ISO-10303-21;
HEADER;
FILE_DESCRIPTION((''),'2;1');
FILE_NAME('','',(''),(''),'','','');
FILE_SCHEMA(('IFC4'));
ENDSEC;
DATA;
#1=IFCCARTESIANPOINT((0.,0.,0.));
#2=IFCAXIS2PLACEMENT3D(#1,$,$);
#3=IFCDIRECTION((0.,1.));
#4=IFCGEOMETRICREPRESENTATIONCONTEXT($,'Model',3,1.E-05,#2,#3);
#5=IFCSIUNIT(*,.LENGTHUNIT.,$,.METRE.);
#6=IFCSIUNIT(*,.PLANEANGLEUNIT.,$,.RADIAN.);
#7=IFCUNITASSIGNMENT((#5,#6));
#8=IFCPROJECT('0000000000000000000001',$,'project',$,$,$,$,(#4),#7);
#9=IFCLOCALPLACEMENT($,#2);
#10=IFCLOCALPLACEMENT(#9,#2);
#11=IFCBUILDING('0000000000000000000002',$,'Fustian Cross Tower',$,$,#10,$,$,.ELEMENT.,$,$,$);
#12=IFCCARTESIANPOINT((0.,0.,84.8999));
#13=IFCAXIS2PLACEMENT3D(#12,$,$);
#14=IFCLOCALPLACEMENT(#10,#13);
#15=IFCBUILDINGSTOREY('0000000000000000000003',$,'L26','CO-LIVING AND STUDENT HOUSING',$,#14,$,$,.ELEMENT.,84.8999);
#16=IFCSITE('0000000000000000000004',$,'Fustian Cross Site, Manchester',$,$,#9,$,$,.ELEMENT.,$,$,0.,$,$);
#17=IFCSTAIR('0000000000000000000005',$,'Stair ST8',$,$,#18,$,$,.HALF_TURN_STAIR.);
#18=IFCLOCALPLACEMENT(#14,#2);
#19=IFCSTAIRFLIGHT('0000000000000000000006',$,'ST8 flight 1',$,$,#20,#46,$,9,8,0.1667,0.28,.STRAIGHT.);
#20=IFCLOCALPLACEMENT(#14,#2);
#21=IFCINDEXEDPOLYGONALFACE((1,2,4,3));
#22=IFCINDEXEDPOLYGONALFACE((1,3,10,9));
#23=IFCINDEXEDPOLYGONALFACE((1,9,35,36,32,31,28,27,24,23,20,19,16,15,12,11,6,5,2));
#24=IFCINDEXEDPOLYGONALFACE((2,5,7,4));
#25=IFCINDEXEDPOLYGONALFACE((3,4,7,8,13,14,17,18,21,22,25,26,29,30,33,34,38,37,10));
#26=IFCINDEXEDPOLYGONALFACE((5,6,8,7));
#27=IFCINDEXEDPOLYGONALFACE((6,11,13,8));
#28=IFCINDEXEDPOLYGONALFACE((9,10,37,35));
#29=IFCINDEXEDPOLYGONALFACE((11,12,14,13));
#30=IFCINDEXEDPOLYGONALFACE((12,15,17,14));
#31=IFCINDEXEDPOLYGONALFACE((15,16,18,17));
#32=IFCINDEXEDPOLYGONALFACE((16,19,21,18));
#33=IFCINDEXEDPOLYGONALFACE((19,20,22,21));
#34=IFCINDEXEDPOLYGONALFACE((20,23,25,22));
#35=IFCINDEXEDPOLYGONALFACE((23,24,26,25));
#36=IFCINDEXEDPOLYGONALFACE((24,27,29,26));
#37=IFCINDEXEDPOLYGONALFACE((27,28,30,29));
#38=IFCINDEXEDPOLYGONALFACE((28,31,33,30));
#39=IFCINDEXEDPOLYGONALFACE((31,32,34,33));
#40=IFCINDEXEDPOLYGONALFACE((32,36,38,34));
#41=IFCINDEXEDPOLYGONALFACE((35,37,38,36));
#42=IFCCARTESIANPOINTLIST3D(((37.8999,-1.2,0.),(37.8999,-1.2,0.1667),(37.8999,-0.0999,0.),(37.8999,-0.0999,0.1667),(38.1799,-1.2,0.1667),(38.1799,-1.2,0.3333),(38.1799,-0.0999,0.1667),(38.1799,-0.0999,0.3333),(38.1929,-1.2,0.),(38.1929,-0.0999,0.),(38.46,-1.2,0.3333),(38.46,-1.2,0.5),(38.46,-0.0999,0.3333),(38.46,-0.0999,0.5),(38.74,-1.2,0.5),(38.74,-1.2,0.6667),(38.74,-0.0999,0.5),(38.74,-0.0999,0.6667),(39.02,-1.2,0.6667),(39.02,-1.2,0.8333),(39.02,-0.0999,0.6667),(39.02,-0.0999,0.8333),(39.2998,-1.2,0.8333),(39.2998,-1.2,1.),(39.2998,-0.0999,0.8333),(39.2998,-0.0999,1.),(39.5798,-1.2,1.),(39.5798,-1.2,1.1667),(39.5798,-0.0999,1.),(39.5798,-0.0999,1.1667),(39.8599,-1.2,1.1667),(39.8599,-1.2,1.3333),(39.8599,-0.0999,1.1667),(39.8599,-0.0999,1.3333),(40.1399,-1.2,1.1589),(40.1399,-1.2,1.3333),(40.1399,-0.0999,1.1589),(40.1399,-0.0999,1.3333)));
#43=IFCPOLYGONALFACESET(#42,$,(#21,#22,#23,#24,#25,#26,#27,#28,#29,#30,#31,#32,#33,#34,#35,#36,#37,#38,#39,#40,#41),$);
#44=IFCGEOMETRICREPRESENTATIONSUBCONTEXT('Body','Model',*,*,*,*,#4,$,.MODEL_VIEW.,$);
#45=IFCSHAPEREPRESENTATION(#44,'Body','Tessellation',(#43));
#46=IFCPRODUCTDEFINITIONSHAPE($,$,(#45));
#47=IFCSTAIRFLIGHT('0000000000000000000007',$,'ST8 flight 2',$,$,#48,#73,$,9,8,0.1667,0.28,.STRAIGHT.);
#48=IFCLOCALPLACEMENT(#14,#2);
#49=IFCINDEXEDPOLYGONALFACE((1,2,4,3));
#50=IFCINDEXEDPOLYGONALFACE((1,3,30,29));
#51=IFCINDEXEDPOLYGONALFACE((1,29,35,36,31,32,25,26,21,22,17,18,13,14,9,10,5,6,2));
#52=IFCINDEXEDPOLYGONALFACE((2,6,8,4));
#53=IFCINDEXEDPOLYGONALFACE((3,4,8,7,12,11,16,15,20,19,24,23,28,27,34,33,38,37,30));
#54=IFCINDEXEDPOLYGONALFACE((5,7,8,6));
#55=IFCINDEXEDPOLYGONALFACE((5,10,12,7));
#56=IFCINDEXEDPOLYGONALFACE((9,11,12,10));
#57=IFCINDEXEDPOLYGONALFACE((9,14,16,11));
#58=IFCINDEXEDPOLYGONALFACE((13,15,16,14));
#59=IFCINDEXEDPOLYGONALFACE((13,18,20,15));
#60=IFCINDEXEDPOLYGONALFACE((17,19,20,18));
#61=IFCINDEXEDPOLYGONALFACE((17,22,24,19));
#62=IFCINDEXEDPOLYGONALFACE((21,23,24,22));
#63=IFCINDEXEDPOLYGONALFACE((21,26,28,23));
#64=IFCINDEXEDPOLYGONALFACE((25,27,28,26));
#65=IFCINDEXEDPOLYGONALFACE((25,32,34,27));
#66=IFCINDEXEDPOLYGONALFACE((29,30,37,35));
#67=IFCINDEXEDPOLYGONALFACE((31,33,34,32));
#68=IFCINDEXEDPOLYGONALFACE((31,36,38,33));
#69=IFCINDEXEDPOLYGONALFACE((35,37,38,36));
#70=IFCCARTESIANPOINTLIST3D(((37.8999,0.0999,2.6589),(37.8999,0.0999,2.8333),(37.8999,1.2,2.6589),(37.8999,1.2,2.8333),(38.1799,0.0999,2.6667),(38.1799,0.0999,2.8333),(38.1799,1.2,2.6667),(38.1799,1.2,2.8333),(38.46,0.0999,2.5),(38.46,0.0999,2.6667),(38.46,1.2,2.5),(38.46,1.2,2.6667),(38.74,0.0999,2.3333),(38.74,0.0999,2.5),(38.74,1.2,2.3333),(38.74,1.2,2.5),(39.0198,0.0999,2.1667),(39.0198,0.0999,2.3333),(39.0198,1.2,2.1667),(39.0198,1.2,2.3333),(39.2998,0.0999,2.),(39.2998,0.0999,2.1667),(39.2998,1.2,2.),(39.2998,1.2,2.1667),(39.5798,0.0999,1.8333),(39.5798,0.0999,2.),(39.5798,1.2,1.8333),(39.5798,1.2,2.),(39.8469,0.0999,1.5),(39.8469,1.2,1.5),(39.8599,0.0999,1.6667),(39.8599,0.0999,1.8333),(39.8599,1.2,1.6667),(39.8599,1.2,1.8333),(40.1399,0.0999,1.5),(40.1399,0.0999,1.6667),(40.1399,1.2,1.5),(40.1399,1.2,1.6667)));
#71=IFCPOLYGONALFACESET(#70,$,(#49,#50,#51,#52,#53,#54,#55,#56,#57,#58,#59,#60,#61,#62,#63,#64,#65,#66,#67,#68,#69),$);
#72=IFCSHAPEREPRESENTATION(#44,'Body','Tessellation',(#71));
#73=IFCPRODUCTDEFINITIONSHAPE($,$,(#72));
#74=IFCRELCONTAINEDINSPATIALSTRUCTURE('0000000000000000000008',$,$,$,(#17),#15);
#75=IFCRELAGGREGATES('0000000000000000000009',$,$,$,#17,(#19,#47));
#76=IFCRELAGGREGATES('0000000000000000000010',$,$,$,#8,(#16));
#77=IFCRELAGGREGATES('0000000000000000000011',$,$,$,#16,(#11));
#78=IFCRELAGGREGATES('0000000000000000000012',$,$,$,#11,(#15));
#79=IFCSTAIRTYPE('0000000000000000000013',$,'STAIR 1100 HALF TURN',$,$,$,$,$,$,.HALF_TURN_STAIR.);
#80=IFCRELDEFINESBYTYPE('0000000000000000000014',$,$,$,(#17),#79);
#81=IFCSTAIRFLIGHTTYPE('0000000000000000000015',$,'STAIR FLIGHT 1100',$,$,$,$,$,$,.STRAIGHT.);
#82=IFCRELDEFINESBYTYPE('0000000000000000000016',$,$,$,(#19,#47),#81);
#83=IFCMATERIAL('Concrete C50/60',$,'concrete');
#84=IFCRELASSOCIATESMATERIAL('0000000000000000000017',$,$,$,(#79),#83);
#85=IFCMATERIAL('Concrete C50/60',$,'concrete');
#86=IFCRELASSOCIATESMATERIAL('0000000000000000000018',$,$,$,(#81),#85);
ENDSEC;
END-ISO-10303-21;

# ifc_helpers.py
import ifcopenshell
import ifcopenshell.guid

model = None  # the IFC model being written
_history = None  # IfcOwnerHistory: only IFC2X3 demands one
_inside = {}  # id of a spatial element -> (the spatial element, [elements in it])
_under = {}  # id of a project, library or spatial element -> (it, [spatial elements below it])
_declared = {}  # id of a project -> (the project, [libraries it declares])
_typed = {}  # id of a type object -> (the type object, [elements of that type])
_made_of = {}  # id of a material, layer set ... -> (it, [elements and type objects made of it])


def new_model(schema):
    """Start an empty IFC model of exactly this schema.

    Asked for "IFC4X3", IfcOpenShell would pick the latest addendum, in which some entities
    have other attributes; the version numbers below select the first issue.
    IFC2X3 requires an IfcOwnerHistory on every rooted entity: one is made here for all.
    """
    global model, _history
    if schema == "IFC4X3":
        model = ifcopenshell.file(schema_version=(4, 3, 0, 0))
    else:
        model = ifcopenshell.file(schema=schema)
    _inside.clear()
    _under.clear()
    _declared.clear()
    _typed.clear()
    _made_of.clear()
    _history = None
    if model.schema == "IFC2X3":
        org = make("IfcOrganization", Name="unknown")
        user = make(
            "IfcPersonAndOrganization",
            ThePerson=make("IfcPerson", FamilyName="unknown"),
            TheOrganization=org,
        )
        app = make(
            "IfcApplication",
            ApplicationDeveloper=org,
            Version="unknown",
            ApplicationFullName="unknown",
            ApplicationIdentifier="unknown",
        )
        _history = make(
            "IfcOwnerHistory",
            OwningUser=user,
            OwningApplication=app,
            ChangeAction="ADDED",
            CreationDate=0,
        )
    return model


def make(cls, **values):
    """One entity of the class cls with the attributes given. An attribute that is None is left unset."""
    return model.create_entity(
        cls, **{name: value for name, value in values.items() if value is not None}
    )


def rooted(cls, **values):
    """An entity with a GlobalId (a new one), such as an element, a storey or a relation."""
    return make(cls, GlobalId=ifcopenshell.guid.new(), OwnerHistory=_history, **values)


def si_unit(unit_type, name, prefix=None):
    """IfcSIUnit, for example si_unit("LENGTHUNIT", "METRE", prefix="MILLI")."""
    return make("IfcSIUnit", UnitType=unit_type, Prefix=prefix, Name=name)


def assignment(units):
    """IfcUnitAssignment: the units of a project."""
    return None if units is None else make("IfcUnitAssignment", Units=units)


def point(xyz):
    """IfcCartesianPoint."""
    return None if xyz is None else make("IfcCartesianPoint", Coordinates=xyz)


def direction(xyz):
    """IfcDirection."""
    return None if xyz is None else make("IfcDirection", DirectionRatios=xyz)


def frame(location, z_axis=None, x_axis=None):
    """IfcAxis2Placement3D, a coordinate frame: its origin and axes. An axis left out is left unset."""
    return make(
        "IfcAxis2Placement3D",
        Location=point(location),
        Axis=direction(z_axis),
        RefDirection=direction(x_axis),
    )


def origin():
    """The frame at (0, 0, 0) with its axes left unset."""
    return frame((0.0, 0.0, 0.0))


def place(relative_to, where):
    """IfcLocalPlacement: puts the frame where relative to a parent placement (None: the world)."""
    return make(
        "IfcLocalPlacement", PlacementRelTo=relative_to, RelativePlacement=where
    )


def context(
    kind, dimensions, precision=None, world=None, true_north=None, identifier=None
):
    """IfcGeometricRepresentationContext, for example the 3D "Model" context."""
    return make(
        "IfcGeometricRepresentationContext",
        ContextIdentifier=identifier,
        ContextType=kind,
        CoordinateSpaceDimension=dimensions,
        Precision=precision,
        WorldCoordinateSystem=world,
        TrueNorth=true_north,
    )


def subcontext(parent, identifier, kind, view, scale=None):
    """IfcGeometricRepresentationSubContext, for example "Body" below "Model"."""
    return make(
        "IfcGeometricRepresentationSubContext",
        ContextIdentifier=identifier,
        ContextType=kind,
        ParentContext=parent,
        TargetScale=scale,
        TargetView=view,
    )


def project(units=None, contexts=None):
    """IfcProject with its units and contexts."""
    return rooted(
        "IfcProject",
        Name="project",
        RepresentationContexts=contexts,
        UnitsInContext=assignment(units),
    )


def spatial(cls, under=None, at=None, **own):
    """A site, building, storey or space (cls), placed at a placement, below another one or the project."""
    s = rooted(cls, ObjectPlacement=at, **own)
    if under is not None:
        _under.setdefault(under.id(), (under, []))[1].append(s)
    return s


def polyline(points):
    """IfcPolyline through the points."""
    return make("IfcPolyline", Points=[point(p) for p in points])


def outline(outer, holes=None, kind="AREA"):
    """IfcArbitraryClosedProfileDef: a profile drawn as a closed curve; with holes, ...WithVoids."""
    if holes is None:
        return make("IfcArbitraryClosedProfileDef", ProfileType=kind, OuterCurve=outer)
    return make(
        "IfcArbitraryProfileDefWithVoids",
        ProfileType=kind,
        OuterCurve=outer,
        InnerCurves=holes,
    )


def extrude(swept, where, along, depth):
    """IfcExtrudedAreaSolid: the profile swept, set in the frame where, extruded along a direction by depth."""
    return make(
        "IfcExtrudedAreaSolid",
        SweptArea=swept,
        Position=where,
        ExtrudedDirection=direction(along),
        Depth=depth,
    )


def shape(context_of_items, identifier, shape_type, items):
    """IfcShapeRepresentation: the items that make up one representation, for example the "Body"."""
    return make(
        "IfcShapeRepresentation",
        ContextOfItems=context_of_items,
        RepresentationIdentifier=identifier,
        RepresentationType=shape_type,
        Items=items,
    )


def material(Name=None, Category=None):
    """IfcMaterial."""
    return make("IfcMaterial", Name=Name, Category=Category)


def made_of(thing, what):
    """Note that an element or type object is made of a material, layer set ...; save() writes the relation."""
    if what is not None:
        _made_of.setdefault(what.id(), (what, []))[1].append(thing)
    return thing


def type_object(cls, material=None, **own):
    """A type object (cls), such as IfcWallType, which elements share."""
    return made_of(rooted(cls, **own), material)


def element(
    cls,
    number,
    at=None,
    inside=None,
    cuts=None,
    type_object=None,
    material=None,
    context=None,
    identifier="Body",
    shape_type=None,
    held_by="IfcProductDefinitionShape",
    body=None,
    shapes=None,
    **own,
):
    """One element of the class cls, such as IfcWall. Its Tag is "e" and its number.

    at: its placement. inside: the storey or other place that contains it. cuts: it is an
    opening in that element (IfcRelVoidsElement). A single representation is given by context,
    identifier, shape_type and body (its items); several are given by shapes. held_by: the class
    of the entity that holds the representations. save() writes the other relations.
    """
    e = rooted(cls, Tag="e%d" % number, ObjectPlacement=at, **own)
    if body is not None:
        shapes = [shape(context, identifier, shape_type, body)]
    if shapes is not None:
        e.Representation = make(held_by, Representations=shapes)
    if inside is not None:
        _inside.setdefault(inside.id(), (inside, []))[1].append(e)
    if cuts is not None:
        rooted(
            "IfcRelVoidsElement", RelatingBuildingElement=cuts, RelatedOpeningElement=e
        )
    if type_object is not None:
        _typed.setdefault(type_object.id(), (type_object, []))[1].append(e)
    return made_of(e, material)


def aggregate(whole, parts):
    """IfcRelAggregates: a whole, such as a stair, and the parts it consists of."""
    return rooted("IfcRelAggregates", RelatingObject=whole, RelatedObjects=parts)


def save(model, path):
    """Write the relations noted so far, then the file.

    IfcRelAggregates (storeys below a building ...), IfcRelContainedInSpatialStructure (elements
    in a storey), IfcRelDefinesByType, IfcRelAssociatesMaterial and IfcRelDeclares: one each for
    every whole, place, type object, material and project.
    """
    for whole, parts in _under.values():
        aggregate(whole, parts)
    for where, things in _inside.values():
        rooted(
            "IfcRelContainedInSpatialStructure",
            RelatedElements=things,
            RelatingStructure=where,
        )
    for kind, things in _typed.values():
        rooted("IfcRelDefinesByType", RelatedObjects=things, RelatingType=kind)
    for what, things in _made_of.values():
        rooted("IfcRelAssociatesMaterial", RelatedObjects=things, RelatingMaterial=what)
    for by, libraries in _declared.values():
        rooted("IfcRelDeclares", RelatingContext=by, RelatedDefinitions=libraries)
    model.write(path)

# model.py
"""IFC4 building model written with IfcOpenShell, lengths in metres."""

from ifc_helpers import new_model, si_unit, direction, frame, origin, place, context, subcontext, project, spatial, polyline, outline, extrude, material, type_object, element, aggregate, save


model = new_model("IFC4")

# Units and contexts
model_context = context("Model", 3, precision=1e-05, world=origin(), true_north=direction((0.0, 1.0)))
body_context = subcontext(model_context, "Body", "Model", "MODEL_VIEW")
ifc_project = project(units=[si_unit("LENGTHUNIT", "METRE"), si_unit("PLANEANGLEUNIT", "RADIAN")], contexts=[model_context])

# Site, building, storey
site_placement = place(None, origin())
site = spatial("IfcSite", under=ifc_project, at=site_placement, Name="Fustian Cross Site, Manchester", CompositionType="ELEMENT", RefElevation=0.0)
building_placement = place(site_placement, origin())
building = spatial("IfcBuilding", under=site, at=building_placement, Name="Fustian Cross Tower", CompositionType="ELEMENT")
storey_placement = place(building_placement, frame((0.0, 0.0, 84.8999)))
storey = spatial("IfcBuildingStorey", under=building, at=storey_placement, Name="L26", Description="CO-LIVING AND STUDENT HOUSING", CompositionType="ELEMENT", Elevation=84.8999)

# Stair, stair flights
ifc_material_1 = material(Name="Concrete C50/60", Category="concrete")
stair_type = type_object("IfcStairType", Name="STAIR 1100 HALF TURN", PredefinedType="HALF_TURN_STAIR", material=ifc_material_1)
stair_placement = place(storey_placement, origin())
stair = element("IfcStair", 1, at=stair_placement, inside=storey, type_object=stair_type, Name="Stair ST8", PredefinedType="HALF_TURN_STAIR")
ifc_material_2 = material(Name="Concrete C50/60", Category="concrete")
stair_flight_type = type_object("IfcStairFlightType", Name="STAIR FLIGHT 1100", PredefinedType="STRAIGHT", material=ifc_material_2)
stair_flight_1_placement = place(storey_placement, frame((37.8999, -0.6499, 0.0), z_axis=(0.0, 0.0, 1.0), x_axis=(1.0, 0.0, 0.0)))
stair_flight_1 = element("IfcStairFlight", 2, at=stair_flight_1_placement, type_object=stair_flight_type, Name="ST8 flight 1", NumberOfRisers=9, NumberOfTreads=8, PredefinedType="STRAIGHT", RiserHeight=0.1667, TreadLength=0.28, context=body_context, shape_type="SweptSolid", body=[
    extrude(outline(polyline([(0.0, 0.0), (0.0, 0.1667), (0.28, 0.1667), (0.28, 0.3333), (0.5601, 0.3333), (0.5601, 0.5), (0.8401, 0.5), (0.8401, 0.6667), (1.1201, 0.6667), (1.1201, 0.8333), (1.3999, 0.8333), (1.3999, 1.0), (1.6799, 1.0), (1.6799, 1.1667), (1.96, 1.1667), (1.96, 1.3333), (2.24, 1.3333), (2.24, 1.5), (2.24, 1.1589), (0.293, 0.0), (0.0, 0.0)])), frame((0.0, 0.55, 0.0), z_axis=(0.0, -1.0, 0.0), x_axis=(1.0, 0.0, 0.0)), (0.0, 0.0, 1.0), 1.1001),
])
stair_flight_2_placement = place(storey_placement, frame((40.1399, 0.6499, 1.5), z_axis=(0.0, 0.0, 1.0), x_axis=(-1.0, 0.0, 0.0)))
stair_flight_2 = element("IfcStairFlight", 3, at=stair_flight_2_placement, type_object=stair_flight_type, Name="ST8 flight 2", NumberOfRisers=9, NumberOfTreads=8, PredefinedType="STRAIGHT", RiserHeight=0.1667, TreadLength=0.28, context=body_context, shape_type="SweptSolid", body=[
    extrude(outline(polyline([(0.0, 0.0), (0.0, 0.1667), (0.28, 0.1667), (0.28, 0.3333), (0.5601, 0.3333), (0.5601, 0.5), (0.8401, 0.5), (0.8401, 0.6667), (1.1201, 0.6667), (1.1201, 0.8333), (1.3999, 0.8333), (1.3999, 1.0), (1.6799, 1.0), (1.6799, 1.1667), (1.96, 1.1667), (1.96, 1.3333), (2.24, 1.3333), (2.24, 1.5), (2.24, 1.1589), (0.293, 0.0), (0.0, 0.0)])), frame((0.0, 0.55, 0.0), z_axis=(0.0, -1.0, 0.0), x_axis=(1.0, 0.0, 0.0)), (0.0, 0.0, 1.0), 1.1001),
])
aggregate(stair, [stair_flight_1, stair_flight_2])

save(model, "model.ifc")
